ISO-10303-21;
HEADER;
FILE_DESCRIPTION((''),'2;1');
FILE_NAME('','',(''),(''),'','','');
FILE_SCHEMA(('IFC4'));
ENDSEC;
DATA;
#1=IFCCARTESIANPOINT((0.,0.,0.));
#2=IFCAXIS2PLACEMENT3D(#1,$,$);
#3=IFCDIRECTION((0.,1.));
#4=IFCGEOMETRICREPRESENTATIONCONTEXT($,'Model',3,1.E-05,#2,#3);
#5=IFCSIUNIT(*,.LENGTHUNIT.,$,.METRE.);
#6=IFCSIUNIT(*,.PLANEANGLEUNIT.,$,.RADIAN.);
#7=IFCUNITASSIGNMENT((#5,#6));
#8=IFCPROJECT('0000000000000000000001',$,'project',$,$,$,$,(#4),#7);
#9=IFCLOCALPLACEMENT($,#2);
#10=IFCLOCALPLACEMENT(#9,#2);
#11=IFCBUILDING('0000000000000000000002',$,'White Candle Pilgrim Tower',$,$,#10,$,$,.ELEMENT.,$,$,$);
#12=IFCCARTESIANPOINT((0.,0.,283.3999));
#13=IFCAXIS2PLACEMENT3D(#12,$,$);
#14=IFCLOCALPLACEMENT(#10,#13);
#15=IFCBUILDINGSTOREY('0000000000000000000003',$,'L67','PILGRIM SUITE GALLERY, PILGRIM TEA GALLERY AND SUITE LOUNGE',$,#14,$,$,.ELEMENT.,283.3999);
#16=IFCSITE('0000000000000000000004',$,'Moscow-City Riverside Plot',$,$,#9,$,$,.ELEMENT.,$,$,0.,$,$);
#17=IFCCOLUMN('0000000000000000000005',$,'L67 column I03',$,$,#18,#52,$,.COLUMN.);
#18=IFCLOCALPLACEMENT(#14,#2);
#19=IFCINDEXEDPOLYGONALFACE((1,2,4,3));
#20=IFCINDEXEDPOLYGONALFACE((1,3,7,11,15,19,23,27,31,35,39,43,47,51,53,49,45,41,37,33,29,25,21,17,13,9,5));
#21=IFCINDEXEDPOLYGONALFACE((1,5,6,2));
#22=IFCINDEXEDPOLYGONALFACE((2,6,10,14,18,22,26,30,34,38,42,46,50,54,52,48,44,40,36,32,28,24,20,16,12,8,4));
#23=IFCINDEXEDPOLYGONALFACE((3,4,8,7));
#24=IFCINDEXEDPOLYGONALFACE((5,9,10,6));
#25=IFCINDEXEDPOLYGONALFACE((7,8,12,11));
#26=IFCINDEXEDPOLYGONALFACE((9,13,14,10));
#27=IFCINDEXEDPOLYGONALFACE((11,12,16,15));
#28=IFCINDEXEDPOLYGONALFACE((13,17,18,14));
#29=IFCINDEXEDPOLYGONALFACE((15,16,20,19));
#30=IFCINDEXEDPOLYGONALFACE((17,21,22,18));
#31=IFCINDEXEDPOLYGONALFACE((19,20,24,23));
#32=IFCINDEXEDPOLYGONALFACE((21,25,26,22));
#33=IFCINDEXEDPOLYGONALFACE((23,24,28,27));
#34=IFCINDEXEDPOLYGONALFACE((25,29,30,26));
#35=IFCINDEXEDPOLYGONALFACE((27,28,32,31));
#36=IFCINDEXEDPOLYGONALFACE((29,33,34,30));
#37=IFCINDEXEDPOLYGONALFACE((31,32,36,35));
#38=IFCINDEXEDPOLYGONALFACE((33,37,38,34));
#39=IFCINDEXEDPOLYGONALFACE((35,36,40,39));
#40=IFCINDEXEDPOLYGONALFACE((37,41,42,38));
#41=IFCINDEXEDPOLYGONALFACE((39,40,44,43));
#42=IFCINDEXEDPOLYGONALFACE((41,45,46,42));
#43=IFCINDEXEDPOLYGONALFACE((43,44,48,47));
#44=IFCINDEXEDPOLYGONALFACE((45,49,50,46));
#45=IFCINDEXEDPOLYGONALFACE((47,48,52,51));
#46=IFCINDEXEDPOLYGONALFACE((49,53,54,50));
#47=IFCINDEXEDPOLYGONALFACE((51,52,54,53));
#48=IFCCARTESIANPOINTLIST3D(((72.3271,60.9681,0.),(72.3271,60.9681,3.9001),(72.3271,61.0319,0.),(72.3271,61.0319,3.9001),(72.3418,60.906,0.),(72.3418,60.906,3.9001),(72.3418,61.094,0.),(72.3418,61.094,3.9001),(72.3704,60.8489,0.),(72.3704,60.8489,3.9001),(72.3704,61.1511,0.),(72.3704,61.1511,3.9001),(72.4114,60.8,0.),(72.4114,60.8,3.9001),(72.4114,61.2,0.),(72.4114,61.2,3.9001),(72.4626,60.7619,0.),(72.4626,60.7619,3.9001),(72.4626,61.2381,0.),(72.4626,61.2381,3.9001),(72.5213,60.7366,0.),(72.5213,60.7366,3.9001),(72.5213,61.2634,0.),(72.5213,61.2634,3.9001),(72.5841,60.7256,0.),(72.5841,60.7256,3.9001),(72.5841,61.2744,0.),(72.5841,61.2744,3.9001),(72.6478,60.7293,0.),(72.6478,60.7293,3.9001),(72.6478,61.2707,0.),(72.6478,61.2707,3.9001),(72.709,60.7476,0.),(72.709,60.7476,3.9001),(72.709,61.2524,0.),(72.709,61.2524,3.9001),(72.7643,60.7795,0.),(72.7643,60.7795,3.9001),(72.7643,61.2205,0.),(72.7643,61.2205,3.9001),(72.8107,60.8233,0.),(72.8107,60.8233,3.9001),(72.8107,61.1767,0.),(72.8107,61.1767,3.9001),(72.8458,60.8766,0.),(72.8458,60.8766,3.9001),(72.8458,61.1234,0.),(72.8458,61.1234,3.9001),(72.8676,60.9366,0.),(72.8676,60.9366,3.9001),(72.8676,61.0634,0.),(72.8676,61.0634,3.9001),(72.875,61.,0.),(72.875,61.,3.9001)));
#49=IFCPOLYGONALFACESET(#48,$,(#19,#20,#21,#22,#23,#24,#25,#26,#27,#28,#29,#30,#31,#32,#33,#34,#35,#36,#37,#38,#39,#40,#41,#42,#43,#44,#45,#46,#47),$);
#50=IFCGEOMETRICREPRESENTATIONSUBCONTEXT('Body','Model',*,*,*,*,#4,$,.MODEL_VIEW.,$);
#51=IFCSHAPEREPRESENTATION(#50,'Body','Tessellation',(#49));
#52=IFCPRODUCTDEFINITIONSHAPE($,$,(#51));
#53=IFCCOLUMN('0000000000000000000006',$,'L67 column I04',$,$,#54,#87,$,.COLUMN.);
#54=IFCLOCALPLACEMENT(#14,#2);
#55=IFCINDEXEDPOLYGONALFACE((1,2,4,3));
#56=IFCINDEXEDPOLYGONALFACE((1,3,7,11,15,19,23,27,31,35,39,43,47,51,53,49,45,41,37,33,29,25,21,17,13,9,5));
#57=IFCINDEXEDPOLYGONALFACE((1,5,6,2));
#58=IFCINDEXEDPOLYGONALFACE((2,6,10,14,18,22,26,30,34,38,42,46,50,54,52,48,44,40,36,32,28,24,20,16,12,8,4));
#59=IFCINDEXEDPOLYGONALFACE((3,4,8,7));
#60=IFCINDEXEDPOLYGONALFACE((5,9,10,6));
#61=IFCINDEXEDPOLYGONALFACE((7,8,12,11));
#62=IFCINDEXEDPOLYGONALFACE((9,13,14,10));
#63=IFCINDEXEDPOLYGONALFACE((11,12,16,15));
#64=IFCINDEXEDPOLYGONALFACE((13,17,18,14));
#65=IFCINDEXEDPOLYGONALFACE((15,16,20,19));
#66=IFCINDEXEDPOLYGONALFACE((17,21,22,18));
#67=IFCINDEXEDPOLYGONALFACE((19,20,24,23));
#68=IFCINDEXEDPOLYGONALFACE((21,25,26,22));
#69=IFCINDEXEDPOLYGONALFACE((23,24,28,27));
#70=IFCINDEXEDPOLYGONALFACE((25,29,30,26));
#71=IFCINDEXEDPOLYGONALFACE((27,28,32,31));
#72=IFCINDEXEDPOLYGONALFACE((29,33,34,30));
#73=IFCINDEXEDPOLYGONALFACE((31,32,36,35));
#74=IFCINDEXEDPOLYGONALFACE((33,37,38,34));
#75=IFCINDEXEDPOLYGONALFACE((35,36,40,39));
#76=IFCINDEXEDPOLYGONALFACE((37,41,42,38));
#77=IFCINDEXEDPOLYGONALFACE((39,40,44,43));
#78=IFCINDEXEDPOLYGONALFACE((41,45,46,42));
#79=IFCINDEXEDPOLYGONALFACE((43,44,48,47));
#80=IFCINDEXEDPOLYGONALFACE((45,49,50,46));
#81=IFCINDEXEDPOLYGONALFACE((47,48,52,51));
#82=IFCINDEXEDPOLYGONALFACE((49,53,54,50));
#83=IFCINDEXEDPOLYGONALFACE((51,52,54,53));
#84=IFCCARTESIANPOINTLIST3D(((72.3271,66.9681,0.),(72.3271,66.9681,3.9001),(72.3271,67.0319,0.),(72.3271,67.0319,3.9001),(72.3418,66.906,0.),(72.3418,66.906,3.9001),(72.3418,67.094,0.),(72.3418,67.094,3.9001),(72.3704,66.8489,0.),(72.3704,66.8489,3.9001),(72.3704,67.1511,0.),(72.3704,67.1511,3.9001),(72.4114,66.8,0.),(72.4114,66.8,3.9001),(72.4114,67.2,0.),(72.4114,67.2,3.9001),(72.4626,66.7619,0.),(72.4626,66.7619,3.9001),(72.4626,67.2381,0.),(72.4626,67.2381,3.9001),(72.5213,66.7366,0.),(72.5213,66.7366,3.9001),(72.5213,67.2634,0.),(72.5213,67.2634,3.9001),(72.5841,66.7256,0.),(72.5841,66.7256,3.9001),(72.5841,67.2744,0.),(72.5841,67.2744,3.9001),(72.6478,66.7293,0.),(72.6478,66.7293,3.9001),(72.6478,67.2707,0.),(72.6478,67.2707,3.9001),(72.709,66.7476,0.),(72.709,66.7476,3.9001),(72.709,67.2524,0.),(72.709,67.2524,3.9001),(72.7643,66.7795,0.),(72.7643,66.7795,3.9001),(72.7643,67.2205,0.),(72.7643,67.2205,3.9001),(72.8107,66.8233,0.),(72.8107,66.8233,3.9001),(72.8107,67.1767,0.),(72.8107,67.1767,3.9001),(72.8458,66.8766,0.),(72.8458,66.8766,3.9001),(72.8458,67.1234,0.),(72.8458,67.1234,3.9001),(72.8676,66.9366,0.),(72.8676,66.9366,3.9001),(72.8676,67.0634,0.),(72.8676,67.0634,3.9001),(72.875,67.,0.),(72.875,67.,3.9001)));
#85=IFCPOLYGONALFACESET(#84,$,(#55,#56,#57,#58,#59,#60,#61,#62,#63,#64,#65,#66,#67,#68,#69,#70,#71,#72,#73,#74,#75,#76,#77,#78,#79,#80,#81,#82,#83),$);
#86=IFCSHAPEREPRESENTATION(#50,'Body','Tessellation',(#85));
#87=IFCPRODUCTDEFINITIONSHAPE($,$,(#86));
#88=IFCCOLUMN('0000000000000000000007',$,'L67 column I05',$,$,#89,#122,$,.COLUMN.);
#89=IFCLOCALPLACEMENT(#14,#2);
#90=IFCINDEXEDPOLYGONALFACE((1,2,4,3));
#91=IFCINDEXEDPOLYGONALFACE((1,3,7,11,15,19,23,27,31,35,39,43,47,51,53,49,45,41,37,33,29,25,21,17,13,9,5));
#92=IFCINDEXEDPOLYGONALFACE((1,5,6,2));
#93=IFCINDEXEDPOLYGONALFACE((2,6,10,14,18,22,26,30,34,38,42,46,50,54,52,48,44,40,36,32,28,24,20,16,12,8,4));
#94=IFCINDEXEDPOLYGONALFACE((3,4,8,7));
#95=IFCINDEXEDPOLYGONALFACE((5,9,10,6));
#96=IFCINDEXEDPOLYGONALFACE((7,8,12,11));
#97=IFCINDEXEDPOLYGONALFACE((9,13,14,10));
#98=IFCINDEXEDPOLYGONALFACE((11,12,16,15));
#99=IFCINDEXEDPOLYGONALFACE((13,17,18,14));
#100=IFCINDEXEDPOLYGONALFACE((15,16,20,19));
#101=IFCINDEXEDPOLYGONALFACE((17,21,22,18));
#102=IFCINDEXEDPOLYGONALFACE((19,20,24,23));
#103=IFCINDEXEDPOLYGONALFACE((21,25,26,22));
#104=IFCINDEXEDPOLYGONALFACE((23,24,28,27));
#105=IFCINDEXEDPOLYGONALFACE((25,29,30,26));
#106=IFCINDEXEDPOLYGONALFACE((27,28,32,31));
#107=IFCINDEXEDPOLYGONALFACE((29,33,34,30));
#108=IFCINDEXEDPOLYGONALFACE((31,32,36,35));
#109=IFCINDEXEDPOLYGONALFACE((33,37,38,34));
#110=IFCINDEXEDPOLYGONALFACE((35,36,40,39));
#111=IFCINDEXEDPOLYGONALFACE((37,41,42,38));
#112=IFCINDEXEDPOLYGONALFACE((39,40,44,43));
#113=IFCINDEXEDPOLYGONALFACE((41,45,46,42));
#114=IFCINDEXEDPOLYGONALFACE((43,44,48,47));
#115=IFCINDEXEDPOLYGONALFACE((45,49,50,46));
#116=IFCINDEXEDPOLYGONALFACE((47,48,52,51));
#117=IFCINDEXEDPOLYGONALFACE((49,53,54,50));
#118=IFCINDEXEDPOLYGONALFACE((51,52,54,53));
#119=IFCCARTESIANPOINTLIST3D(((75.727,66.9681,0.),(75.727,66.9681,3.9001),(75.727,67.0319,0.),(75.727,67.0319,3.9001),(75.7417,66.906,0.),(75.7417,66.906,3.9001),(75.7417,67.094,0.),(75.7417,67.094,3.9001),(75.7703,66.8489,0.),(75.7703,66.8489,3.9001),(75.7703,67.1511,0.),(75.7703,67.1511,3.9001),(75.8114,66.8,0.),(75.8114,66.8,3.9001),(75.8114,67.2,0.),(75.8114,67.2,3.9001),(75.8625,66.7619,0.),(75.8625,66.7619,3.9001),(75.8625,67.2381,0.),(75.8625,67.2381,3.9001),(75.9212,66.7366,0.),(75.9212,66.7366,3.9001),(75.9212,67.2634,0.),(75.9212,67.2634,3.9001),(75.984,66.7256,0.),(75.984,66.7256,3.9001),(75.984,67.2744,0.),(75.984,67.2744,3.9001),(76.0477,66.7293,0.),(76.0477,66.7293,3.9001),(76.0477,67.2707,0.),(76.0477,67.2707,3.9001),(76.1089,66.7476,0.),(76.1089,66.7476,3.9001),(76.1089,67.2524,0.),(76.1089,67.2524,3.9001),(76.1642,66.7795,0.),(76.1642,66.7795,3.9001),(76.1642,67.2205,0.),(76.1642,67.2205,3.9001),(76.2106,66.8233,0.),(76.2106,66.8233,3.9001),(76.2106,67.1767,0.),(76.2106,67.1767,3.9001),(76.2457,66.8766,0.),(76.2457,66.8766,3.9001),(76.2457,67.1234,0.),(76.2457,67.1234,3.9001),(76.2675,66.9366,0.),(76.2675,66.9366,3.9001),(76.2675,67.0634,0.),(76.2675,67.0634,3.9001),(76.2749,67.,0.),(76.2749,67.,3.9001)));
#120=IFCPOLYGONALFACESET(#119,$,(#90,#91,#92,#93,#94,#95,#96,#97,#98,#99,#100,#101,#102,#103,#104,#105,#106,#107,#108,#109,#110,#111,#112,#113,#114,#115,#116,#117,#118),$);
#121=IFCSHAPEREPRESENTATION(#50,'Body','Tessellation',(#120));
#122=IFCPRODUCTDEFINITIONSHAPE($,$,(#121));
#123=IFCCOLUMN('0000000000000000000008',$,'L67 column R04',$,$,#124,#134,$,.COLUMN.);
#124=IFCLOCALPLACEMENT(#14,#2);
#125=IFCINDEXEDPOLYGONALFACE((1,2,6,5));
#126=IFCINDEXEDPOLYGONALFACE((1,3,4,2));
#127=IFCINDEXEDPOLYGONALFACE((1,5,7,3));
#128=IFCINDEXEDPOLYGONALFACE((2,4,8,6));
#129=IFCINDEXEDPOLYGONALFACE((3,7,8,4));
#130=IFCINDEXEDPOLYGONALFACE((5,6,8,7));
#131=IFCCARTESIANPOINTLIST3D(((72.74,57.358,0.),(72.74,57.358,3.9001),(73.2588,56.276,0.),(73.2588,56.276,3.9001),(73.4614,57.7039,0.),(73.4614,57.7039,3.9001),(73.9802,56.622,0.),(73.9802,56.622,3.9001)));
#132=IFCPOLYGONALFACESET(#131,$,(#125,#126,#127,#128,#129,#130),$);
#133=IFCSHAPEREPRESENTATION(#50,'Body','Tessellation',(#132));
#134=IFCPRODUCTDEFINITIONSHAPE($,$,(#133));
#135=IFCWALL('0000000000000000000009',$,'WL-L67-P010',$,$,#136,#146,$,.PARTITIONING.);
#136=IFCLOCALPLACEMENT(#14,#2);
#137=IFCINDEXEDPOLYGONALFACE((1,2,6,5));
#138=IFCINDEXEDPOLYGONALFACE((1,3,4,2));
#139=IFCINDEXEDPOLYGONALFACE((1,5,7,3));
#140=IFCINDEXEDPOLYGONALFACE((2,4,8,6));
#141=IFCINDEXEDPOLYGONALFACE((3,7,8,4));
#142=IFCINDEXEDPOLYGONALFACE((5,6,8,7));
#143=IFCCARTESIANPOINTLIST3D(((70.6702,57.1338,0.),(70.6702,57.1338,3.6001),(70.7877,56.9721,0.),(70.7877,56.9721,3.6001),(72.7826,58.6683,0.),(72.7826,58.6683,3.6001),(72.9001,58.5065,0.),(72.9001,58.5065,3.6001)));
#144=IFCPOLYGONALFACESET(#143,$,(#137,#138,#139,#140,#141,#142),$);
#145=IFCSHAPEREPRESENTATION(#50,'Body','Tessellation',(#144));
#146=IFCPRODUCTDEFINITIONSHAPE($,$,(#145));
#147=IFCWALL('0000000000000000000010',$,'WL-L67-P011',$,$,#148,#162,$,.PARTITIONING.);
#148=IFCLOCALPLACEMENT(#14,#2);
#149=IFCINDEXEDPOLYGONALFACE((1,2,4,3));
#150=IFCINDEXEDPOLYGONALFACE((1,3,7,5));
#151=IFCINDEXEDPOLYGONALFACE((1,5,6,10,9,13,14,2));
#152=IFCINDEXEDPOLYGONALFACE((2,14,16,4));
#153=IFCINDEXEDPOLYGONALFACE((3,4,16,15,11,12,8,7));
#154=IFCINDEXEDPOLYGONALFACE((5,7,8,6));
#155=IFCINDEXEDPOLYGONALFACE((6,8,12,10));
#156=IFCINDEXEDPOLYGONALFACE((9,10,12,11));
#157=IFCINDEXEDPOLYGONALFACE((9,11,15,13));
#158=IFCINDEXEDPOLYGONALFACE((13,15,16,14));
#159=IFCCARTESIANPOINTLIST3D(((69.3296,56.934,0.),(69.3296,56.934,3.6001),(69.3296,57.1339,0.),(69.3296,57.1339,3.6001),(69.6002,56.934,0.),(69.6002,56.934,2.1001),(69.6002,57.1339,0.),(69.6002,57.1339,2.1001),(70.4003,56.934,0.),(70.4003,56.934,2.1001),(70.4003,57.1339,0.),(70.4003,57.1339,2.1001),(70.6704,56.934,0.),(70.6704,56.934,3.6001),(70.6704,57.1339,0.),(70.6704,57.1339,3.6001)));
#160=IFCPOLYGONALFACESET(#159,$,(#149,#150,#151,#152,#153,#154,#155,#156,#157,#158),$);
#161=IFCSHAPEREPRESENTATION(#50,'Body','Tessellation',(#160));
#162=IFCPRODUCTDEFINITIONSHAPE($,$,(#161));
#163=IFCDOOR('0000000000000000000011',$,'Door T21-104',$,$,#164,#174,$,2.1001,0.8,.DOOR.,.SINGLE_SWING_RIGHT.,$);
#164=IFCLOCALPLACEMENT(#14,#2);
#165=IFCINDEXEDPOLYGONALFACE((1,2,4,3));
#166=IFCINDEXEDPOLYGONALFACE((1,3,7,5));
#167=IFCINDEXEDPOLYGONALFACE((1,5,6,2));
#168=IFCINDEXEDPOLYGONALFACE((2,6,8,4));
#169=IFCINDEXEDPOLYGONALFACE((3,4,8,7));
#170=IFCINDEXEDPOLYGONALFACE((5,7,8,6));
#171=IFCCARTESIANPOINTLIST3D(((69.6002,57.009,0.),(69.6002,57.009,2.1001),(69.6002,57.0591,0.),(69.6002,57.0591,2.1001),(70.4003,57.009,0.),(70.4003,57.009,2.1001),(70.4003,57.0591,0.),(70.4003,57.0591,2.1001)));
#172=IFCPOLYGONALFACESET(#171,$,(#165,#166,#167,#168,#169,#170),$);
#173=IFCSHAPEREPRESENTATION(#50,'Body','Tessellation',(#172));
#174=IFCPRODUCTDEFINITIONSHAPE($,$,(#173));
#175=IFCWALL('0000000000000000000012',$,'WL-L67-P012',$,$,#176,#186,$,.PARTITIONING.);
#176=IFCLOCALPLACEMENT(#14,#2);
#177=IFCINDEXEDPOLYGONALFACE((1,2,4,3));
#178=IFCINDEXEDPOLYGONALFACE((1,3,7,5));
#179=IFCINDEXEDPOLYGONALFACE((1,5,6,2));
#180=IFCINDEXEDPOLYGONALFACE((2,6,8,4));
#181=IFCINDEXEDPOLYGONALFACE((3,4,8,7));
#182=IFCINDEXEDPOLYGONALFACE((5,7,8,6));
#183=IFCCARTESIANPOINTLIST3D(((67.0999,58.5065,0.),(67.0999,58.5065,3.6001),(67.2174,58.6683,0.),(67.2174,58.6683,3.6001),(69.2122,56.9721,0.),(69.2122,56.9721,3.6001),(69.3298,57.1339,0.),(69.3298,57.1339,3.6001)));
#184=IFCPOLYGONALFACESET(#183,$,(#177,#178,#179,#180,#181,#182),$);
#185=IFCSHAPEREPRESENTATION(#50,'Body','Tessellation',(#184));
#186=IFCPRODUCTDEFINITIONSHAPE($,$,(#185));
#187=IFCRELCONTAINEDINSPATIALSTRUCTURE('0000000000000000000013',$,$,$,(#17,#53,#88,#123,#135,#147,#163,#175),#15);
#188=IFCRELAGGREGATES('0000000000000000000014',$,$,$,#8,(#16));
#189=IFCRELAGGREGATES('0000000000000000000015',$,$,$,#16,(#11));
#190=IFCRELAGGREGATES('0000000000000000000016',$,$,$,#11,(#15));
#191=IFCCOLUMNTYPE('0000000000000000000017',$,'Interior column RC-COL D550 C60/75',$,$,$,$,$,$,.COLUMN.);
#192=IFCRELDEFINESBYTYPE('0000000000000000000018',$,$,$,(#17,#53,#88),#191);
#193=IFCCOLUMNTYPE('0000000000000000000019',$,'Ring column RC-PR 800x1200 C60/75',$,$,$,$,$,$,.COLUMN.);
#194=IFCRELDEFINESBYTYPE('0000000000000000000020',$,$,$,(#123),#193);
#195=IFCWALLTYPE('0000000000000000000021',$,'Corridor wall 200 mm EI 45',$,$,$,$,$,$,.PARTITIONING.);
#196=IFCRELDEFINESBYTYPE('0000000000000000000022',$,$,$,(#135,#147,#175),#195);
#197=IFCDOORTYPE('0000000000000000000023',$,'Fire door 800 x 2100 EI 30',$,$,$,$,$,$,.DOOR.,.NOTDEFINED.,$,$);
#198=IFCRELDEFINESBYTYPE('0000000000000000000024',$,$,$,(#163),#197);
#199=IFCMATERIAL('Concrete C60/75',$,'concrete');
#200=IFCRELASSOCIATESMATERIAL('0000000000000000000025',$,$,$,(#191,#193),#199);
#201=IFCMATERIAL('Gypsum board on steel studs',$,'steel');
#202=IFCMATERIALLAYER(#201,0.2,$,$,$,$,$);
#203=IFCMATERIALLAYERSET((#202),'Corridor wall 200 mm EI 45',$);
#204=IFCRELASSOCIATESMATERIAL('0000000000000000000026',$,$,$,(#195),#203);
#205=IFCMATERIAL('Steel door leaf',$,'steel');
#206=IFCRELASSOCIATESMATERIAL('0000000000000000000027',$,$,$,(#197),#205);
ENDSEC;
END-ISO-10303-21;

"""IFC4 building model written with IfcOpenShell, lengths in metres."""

from ifc_helpers import new_model, si_unit, direction, frame, frame_2d, origin, origin_2d, place, context, subcontext, project, spatial, rectangle, circle, extrude, material, layer, layer_set, material_profile, profile_set, type_object, element, fill, save


model = new_model("IFC4")

# Units and contexts
model_context = context("Model", 3, precision=1e-05, world=origin(), true_north=direction((0.0, 1.0)))
body_context = subcontext(model_context, "Body", "Model", "MODEL_VIEW")
ifc_project = project(units=[si_unit("LENGTHUNIT", "METRE"), si_unit("PLANEANGLEUNIT", "RADIAN")], contexts=[model_context])

# Site, building, storey
site_placement = place(None, origin())
site = spatial("IfcSite", under=ifc_project, at=site_placement, Name="Moscow-City Riverside Plot", CompositionType="ELEMENT", RefElevation=0.0)
building_placement = place(site_placement, origin())
building = spatial("IfcBuilding", under=site, at=building_placement, Name="White Candle Pilgrim Tower", CompositionType="ELEMENT")
storey_placement = place(building_placement, frame((0.0, 0.0, 283.3999)))
storey = spatial("IfcBuildingStorey", under=building, at=storey_placement, Name="L67", Description="PILGRIM SUITE GALLERY, PILGRIM TEA GALLERY AND SUITE LOUNGE", CompositionType="ELEMENT", Elevation=283.3999)

# Columns
ifc_material_1 = material(Name="Concrete C60/75", Category="concrete")
ifc_material_profile_1 = material_profile(ifc_material_1, circle(Radius=0.2749, at=origin_2d()), Name="RC-COL D550")
ifc_profile_set_1 = profile_set([ifc_material_profile_1], Name="Concrete C60/75")
column_type_1 = type_object("IfcColumnType", Name="Interior column RC-COL D550 C60/75", PredefinedType="COLUMN", material=ifc_profile_set_1)
for number, where, z_axis, x_axis, name in (
    (1, (72.6001, 61.0, 0.0), (0.0, 0.0, 1.0), (1.0, 0.0, 0.0), "L67 column I03"),
    (2, (72.6001, 67.0, 0.0), (0.0, 0.0, 1.0), (1.0, 0.0, 0.0), "L67 column I04"),
    (3, (76.0, 67.0, 0.0), (0.0, 0.0, 1.0), (1.0, 0.0, 0.0), "L67 column I05"),
):
    element("IfcColumn", number, at=place(storey_placement, frame(where, z_axis=z_axis, x_axis=x_axis)), inside=storey, type_object=column_type_1, Name=name, PredefinedType="COLUMN", context=body_context, shape_type="SweptSolid", body=[
        extrude(circle(Radius=0.2749, at=origin_2d()), origin(), (0.0, 0.0, 1.0), 3.9001),
    ])
ifc_material_profile_2 = material_profile(ifc_material_1, rectangle(XDim=0.8, YDim=1.2, at=origin_2d()), Name="RC-PR 800x1200")
ifc_profile_set_2 = profile_set([ifc_material_profile_2], Name="Concrete C60/75")
column_type_2 = type_object("IfcColumnType", Name="Ring column RC-PR 800x1200 C60/75", PredefinedType="COLUMN", material=ifc_profile_set_2)
column_placement = place(storey_placement, frame((73.3601, 56.99, 0.0), z_axis=(0.0, 0.0, 1.0), x_axis=(-0.901689, -0.432385, 0.0)))
element("IfcColumn", 4, at=column_placement, inside=storey, type_object=column_type_2, Name="L67 column R04", PredefinedType="COLUMN", context=body_context, shape_type="SweptSolid", body=[
    extrude(rectangle(XDim=0.8, YDim=1.2, at=origin_2d()), origin(), (0.0, 0.0, 1.0), 3.9001),
])

# Wall
ifc_material_2 = material(Name="Gypsum board on steel studs", Category="steel")
ifc_layer_1 = layer(ifc_material_2, 0.2)
ifc_layer_set_1 = layer_set([ifc_layer_1], Name="Corridor wall 200 mm EI 45")
wall_type_1 = type_object("IfcWallType", Name="Corridor wall 200 mm EI 45", PredefinedType="PARTITIONING", material=ifc_layer_set_1)
wall_1_placement = place(storey_placement, frame((72.8413, 58.5874, 0.0), z_axis=(0.0, 0.0, 1.0), x_axis=(-0.809064, -0.587721, 0.0)))
element("IfcWall", 5, at=wall_1_placement, inside=storey, type_object=wall_type_1, Name="WL-L67-P010", PredefinedType="PARTITIONING", context=body_context, shape_type="SweptSolid", body=[
    extrude(rectangle(XDim=2.6108, YDim=0.2, at=frame_2d((1.3054, 0.0))), origin(), (0.0, 0.0, 1.0), 3.6001),
])

# Wall, opening, door
wall_2_placement = place(storey_placement, frame((70.6704, 57.0339, 0.0), z_axis=(0.0, 0.0, 1.0), x_axis=(-1.0, 0.0, 0.0)))
wall_2 = element("IfcWall", 6, at=wall_2_placement, inside=storey, type_object=wall_type_1, Name="WL-L67-P011", PredefinedType="PARTITIONING", context=body_context, shape_type="SweptSolid", body=[
    extrude(rectangle(XDim=1.3408, YDim=0.2, at=frame_2d((0.6704, 0.0))), origin(), (0.0, 0.0, 1.0), 3.6001),
])
opening_1_placement = place(wall_2_placement, frame((0.2703, 0.0, 0.0)))
opening_1 = element("IfcOpeningElement", 7, at=opening_1_placement, cuts=wall_2, PredefinedType="OPENING", context=body_context, shape_type="SweptSolid", body=[
    extrude(rectangle(XDim=0.8, YDim=2.1001, at=frame_2d((0.3999, 1.05))), frame((0.0, 0.1099, 0.0), z_axis=(0.0, -1.0, 0.0), x_axis=(1.0, 0.0, 0.0)), (0.0, 0.0, 1.0), 0.22),
])
ifc_material_3 = material(Name="Steel door leaf", Category="steel")
door_type_1 = type_object("IfcDoorType", Name="Fire door 800 x 2100 EI 30", OperationType="NOTDEFINED", PredefinedType="DOOR", material=ifc_material_3)
door_1_placement = place(opening_1_placement, origin())
door_1 = element("IfcDoor", 8, at=door_1_placement, inside=storey, type_object=door_type_1, Name="Door T21-104", OperationType="SINGLE_SWING_RIGHT", OverallHeight=2.1001, OverallWidth=0.8, PredefinedType="DOOR", context=body_context, shape_type="SweptSolid", body=[
    extrude(rectangle(XDim=0.8, YDim=2.1001, at=frame_2d((0.3999, 1.05))), frame((0.0, 0.0249, 0.0), z_axis=(0.0, -1.0, 0.0), x_axis=(1.0, 0.0, 0.0)), (0.0, 0.0, 1.0), 0.05),
])
fill(opening_1, door_1)

# Wall
wall_3_placement = place(storey_placement, frame((69.271, 57.053, 0.0), z_axis=(0.0, 0.0, 1.0), x_axis=(-0.809064, 0.587721, 0.0)))
element("IfcWall", 9, at=wall_3_placement, inside=storey, type_object=wall_type_1, Name="WL-L67-P012", PredefinedType="PARTITIONING", context=body_context, shape_type="SweptSolid", body=[
    extrude(rectangle(XDim=2.6108, YDim=0.2, at=frame_2d((1.3054, 0.0))), origin(), (0.0, 0.0, 1.0), 3.6001),
])

save(model, "model.ifc")
